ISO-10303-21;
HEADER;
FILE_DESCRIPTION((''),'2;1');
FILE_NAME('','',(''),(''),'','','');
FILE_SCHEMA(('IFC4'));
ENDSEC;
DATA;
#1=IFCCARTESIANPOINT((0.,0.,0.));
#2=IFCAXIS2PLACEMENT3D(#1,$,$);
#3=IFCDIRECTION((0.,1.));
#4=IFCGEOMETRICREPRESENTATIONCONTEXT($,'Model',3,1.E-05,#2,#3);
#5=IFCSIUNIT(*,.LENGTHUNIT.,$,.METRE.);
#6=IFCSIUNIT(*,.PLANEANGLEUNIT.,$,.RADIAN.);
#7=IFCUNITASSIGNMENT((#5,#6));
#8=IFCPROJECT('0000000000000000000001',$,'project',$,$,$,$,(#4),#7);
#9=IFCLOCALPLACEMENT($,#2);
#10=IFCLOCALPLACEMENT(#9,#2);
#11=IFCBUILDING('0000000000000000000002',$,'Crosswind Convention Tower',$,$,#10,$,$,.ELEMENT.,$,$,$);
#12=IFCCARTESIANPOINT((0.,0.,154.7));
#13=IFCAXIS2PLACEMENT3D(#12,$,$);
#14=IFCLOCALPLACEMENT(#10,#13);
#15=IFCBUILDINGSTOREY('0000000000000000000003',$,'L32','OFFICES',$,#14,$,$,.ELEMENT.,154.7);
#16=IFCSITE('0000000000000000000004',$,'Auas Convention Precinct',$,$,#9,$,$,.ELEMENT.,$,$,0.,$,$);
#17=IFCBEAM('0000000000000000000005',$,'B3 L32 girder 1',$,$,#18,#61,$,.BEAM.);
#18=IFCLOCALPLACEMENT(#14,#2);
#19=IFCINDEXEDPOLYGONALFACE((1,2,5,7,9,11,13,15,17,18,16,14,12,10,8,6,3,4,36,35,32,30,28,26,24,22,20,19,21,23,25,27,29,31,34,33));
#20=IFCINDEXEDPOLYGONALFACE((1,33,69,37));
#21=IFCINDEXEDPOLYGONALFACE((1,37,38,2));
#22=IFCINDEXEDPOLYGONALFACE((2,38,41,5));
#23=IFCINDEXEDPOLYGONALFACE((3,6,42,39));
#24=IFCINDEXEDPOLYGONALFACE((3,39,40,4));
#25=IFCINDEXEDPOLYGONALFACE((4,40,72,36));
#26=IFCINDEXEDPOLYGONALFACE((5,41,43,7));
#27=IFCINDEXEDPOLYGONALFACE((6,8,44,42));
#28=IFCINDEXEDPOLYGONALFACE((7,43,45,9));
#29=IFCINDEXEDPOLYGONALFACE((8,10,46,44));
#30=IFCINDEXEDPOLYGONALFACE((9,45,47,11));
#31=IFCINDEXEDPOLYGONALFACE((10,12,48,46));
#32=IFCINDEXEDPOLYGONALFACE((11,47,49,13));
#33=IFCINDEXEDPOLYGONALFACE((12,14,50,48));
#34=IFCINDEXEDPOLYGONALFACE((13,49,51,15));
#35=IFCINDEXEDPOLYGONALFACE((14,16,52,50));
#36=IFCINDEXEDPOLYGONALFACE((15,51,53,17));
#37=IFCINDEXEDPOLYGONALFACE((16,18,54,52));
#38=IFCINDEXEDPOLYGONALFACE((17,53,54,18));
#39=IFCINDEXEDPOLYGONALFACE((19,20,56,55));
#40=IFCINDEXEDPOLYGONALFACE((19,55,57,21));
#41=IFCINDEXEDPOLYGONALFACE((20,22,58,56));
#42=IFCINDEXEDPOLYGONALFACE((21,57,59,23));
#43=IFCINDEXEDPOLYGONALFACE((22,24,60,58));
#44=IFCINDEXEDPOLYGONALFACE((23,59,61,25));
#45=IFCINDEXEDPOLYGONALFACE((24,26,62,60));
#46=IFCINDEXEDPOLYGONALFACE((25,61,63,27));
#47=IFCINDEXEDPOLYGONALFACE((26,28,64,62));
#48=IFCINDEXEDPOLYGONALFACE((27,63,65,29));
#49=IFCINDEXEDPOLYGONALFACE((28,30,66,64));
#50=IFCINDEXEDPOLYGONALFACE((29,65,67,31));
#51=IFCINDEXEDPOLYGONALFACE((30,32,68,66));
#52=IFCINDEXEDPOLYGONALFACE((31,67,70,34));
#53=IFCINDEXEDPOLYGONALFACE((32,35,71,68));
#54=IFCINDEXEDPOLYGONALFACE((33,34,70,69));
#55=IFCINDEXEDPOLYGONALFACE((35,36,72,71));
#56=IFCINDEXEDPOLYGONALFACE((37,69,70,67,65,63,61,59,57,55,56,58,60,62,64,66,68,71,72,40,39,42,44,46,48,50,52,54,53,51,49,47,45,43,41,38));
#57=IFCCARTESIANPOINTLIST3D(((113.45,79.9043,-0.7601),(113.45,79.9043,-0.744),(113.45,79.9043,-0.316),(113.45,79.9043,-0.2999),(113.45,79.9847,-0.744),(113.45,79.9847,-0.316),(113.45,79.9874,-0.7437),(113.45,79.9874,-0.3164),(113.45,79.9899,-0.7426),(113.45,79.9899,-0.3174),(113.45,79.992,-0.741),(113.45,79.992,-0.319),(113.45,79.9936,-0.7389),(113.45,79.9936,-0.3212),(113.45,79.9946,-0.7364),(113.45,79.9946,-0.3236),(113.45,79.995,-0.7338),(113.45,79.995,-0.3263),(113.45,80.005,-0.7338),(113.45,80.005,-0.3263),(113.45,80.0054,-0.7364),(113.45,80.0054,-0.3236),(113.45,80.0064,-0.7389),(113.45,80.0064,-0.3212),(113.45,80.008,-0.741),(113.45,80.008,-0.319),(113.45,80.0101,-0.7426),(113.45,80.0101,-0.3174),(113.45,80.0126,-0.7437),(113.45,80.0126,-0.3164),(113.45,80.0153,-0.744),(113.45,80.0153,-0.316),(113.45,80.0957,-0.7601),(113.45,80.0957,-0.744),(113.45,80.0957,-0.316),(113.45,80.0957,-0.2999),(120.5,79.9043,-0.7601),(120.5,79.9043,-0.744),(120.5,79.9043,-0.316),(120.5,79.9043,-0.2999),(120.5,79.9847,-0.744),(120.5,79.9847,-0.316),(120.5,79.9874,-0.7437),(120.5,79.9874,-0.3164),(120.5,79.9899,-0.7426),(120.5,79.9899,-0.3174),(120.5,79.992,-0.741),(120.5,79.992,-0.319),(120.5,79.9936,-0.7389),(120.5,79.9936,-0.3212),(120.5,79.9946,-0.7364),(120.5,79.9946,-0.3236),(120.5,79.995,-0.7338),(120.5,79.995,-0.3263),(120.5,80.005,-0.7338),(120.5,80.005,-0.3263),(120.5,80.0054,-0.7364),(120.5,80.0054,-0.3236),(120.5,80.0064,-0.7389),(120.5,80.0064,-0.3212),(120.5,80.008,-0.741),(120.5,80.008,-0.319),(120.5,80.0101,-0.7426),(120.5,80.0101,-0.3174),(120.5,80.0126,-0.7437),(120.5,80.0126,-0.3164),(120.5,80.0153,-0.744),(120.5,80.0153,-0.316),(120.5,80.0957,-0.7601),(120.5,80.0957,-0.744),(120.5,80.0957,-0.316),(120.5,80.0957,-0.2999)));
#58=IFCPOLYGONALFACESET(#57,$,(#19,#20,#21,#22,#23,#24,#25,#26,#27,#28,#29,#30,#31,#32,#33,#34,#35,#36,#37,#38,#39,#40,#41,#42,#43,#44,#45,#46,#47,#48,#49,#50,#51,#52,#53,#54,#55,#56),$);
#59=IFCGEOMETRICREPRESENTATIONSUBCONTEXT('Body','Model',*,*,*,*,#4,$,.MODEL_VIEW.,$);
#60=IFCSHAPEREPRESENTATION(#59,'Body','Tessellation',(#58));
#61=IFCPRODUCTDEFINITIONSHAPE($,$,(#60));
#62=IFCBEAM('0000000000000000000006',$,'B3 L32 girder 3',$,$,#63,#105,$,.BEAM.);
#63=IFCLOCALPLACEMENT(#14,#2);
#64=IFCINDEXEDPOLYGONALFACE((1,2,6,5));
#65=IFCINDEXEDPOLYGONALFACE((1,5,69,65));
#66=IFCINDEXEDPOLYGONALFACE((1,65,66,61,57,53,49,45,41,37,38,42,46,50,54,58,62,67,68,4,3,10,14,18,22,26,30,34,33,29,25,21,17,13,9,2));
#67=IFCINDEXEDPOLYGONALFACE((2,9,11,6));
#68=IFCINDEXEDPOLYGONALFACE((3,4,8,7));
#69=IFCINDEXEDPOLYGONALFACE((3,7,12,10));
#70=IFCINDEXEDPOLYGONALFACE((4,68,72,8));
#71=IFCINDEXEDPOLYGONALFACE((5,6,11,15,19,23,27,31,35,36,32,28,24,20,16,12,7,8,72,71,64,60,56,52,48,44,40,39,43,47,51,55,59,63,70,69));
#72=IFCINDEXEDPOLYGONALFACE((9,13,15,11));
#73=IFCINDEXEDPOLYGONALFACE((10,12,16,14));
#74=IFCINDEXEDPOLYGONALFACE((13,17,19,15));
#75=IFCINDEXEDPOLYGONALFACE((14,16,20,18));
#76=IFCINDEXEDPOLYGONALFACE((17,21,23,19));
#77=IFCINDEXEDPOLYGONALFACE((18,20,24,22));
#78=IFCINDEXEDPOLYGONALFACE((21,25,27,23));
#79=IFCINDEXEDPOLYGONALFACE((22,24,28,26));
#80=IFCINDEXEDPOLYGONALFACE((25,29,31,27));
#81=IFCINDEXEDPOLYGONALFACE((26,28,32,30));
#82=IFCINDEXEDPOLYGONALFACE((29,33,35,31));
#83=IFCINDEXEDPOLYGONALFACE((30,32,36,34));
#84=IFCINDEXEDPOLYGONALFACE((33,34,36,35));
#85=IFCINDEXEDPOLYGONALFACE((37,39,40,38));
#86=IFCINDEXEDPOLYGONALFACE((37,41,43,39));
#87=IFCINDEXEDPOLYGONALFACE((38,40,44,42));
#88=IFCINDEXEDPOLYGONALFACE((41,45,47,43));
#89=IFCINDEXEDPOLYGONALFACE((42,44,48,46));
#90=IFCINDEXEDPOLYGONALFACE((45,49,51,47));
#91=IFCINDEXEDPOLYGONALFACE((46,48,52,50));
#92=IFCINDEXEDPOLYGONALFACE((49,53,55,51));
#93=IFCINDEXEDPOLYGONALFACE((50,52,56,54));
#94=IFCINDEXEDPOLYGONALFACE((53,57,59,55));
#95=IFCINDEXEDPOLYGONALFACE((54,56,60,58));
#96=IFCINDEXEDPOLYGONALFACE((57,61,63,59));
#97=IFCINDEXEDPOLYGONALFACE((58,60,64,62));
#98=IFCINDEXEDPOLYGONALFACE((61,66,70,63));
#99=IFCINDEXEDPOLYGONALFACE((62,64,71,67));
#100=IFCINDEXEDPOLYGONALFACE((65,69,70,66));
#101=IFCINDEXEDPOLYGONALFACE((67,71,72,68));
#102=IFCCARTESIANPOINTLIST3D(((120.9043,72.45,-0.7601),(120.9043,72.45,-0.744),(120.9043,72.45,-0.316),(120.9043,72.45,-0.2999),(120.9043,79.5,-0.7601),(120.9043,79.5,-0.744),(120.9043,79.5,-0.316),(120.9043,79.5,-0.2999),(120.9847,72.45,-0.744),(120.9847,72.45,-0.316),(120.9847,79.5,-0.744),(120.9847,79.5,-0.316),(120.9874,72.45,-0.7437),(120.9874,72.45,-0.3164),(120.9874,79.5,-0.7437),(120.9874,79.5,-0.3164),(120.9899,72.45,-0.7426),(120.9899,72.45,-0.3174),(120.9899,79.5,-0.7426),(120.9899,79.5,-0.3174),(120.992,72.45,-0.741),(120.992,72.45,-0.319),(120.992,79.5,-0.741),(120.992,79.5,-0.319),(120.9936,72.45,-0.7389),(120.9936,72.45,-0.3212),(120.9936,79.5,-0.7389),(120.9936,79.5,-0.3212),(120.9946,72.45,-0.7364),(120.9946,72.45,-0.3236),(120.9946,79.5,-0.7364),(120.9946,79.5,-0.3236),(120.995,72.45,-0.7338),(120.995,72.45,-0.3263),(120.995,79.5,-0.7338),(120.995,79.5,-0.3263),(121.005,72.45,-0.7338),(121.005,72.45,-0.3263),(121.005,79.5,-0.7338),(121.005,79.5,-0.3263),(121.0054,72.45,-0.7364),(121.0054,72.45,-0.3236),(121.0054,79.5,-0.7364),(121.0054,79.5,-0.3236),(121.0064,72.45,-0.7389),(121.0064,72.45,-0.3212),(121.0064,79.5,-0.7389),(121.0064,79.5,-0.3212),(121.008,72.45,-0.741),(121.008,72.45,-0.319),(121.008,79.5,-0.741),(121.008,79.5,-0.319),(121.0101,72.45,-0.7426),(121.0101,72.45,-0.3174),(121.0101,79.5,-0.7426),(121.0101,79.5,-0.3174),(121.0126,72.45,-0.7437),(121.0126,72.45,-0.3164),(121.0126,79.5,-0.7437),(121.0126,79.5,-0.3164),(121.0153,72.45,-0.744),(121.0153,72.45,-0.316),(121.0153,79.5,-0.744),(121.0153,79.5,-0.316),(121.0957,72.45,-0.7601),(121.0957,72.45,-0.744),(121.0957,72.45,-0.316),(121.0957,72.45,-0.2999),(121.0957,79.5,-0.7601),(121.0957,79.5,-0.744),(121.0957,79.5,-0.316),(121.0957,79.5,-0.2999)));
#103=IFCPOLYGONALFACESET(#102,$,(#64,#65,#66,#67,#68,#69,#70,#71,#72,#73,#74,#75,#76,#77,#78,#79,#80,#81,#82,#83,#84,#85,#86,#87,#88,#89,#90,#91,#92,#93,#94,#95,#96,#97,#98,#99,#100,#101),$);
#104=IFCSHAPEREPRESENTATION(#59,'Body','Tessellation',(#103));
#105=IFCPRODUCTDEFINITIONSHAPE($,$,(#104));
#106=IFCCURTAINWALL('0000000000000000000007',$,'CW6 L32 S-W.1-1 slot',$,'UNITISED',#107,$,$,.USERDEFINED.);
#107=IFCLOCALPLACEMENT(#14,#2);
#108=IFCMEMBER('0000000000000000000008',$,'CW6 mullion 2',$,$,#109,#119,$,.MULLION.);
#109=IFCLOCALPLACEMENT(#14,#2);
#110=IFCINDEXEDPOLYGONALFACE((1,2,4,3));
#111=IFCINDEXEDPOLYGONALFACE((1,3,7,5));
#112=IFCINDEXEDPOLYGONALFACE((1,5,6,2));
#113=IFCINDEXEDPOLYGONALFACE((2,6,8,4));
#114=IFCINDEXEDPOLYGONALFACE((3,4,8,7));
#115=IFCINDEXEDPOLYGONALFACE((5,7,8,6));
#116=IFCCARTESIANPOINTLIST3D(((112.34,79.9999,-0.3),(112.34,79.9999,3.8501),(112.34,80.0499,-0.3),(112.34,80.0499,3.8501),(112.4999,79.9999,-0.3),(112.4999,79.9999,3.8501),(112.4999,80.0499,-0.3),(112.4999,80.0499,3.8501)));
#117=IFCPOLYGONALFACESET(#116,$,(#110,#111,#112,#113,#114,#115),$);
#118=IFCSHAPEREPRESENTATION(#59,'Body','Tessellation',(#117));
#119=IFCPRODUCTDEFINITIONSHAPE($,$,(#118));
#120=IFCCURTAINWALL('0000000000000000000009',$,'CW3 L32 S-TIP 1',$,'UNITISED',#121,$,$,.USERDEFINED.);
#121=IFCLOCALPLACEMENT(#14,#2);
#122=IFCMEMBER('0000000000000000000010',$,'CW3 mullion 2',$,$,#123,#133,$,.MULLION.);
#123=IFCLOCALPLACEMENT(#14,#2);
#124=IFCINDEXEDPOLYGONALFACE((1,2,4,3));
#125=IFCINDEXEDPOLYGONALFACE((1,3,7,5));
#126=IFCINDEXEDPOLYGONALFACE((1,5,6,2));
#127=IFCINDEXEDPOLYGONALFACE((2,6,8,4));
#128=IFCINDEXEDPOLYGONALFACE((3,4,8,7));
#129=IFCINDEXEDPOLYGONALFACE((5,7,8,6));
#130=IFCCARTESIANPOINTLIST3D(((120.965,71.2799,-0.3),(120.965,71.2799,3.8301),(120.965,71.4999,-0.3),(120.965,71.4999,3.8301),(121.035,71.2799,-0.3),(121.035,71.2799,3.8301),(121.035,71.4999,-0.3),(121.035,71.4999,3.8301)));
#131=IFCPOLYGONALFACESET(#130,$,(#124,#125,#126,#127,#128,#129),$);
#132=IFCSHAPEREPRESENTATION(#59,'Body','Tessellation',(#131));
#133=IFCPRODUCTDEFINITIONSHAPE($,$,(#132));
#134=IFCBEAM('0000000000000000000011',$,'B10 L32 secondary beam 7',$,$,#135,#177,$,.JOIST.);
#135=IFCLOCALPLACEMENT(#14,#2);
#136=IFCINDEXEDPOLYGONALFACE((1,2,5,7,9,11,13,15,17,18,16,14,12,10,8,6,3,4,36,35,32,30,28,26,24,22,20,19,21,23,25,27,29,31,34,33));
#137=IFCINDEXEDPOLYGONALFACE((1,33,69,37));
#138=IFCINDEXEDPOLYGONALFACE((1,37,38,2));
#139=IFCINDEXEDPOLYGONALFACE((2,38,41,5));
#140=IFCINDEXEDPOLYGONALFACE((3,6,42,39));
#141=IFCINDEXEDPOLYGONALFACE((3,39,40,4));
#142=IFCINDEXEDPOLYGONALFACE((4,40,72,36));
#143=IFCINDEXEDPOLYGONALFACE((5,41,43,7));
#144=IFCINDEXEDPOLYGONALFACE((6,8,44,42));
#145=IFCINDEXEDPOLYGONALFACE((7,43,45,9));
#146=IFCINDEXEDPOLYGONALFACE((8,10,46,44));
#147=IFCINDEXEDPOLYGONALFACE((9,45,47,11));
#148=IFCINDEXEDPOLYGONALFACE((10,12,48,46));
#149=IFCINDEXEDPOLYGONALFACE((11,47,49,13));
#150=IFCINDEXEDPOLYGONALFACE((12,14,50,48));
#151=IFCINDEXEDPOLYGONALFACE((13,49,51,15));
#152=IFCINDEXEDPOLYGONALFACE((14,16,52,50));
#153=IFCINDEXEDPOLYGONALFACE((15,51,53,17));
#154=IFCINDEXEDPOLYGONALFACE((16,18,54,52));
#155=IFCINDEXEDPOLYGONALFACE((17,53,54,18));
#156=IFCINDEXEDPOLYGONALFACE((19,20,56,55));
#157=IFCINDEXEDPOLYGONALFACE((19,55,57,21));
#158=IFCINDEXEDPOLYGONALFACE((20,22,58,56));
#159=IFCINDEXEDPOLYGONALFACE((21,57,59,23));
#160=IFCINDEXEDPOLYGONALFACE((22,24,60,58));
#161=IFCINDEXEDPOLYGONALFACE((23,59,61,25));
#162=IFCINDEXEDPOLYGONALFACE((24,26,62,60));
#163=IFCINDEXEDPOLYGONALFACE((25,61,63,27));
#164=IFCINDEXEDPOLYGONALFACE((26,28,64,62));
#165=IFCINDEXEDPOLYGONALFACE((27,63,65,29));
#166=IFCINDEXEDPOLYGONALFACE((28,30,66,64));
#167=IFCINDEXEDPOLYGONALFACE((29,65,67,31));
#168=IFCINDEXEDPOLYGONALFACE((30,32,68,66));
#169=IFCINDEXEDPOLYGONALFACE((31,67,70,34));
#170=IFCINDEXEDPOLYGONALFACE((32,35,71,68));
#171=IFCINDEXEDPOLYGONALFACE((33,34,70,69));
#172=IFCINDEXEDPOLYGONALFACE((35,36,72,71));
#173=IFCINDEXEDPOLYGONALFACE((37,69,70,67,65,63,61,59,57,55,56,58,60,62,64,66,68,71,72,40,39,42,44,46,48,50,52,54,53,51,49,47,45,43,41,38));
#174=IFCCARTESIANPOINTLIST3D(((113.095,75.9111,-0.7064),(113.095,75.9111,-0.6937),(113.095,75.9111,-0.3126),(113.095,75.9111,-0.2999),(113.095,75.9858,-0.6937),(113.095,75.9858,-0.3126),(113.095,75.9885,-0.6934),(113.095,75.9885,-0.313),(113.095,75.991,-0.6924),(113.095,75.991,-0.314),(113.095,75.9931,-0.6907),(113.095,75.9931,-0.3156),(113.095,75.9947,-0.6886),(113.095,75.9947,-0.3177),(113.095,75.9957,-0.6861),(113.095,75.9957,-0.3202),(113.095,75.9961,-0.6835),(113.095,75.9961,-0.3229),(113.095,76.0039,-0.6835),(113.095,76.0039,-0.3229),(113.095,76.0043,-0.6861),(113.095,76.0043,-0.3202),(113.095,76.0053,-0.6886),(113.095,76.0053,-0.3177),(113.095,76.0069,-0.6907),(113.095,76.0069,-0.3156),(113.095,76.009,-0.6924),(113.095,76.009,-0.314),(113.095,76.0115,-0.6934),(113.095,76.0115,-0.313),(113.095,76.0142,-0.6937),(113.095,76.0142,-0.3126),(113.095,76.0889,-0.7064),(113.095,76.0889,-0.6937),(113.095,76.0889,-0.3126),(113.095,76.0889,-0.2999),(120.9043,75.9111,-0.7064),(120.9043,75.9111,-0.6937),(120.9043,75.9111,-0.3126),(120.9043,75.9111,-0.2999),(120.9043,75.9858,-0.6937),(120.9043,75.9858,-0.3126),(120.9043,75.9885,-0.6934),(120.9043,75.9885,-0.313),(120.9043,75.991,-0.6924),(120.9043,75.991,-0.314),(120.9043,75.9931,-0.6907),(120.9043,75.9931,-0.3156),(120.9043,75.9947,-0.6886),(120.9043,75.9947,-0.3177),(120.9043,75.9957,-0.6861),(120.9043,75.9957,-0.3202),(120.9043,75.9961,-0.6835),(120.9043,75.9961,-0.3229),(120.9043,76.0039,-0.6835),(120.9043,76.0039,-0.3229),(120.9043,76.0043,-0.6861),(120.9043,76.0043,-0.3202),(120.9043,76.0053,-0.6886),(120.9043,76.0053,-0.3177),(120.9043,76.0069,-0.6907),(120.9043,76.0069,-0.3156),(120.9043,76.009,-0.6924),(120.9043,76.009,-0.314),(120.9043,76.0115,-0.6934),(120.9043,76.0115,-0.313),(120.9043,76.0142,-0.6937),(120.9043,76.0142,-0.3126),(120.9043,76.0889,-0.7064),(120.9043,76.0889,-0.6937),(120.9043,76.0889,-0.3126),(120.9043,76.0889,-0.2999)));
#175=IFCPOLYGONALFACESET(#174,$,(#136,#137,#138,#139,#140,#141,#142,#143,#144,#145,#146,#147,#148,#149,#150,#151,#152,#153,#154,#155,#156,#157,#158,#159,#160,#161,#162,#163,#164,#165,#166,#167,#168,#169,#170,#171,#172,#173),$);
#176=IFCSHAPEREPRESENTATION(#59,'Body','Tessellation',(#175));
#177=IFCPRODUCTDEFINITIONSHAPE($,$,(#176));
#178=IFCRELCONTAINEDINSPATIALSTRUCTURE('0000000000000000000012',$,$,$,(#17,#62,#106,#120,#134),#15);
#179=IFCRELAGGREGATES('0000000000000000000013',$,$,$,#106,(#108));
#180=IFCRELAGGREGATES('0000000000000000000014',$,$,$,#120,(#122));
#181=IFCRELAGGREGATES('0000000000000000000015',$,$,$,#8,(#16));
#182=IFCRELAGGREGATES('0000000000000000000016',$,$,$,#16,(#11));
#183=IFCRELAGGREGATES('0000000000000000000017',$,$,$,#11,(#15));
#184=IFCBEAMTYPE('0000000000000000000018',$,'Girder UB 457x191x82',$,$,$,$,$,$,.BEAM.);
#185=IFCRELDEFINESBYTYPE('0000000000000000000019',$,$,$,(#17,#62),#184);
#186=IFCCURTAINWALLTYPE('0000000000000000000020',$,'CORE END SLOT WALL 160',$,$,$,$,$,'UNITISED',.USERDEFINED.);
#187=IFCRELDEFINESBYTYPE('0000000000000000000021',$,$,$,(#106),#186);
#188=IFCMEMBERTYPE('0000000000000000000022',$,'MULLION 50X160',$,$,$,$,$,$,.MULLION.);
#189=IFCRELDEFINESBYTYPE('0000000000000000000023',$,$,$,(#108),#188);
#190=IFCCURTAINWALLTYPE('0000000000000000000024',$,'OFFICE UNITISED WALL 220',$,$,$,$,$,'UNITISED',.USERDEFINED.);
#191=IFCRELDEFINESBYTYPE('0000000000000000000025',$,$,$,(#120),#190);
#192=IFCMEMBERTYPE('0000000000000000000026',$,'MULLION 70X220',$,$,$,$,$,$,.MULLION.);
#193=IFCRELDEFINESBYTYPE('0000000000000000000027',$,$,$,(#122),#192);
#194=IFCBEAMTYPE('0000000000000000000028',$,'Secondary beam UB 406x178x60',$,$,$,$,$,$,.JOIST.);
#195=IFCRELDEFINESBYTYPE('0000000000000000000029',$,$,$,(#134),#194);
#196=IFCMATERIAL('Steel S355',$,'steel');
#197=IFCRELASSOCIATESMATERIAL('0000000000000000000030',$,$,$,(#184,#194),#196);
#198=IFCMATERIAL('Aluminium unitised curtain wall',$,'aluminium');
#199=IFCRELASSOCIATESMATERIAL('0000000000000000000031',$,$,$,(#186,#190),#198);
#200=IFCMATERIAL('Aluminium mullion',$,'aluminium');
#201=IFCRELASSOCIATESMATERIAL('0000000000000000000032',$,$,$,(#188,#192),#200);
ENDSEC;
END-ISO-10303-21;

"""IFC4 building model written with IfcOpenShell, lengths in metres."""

from ifc_helpers import new_model, si_unit, direction, frame, origin, origin_2d, place, context, subcontext, project, spatial, rectangle, i_section, extrude, material, material_profile, profile_set, type_object, element, aggregate, save


model = new_model("IFC4")

# Units and contexts
model_context = context("Model", 3, precision=1e-05, world=origin(), true_north=direction((0.0, 1.0)))
body_context = subcontext(model_context, "Body", "Model", "MODEL_VIEW")
ifc_project = project(units=[si_unit("LENGTHUNIT", "METRE"), si_unit("PLANEANGLEUNIT", "RADIAN")], contexts=[model_context])

# Site, building, storey
site_placement = place(None, origin())
site = spatial("IfcSite", under=ifc_project, at=site_placement, Name="Auas Convention Precinct", CompositionType="ELEMENT", RefElevation=0.0)
building_placement = place(site_placement, origin())
building = spatial("IfcBuilding", under=site, at=building_placement, Name="Crosswind Convention Tower", CompositionType="ELEMENT")
storey_placement = place(building_placement, frame((0.0, 0.0, 154.7)))
storey = spatial("IfcBuildingStorey", under=building, at=storey_placement, Name="L32", Description="OFFICES", CompositionType="ELEMENT", Elevation=154.7)

# Beams
ifc_material_1 = material(Name="Steel S355", Category="steel")
ifc_material_profile_1 = material_profile(ifc_material_1, i_section(OverallWidth=0.1914, OverallDepth=0.4602, WebThickness=0.01, FlangeThickness=0.0161, FilletRadius=0.0103, at=origin_2d()), Name="UB 457x191x82")
ifc_profile_set_1 = profile_set([ifc_material_profile_1], Name="Steel S355")
beam_type_1 = type_object("IfcBeamType", Name="Girder UB 457x191x82", PredefinedType="BEAM", material=ifc_profile_set_1)
for number, where, z_axis, x_axis, name in (
    (1, (113.45, 80.0, -0.53), (1.0, 0.0, 0.0), (0.0, 1.0, 0.0), "B3 L32 girder 1"),
    (2, (121.0, 72.45, -0.53), (0.0, 1.0, 0.0), (-1.0, 0.0, 0.0), "B3 L32 girder 3"),
):
    element("IfcBeam", number, at=place(storey_placement, frame(where, z_axis=z_axis, x_axis=x_axis)), inside=storey, type_object=beam_type_1, Name=name, PredefinedType="BEAM", context=body_context, shape_type="SweptSolid", body=[
        extrude(i_section(OverallWidth=0.1914, OverallDepth=0.4602, WebThickness=0.01, FlangeThickness=0.0161, FilletRadius=0.0103, at=origin_2d()), origin(), (0.0, 0.0, 1.0), 7.05),
    ])

# Curtain walls, members
ifc_material_2 = material(Name="Aluminium unitised curtain wall", Category="aluminium")
curtain_wall_type_1 = type_object("IfcCurtainWallType", Name="CORE END SLOT WALL 160", ElementType="UNITISED", PredefinedType="USERDEFINED", material=ifc_material_2)
curtain_wall_1_placement = place(storey_placement, origin())
curtain_wall_1 = element("IfcCurtainWall", 3, at=curtain_wall_1_placement, inside=storey, type_object=curtain_wall_type_1, Name="CW6 L32 S-W.1-1 slot", ObjectType="UNITISED", PredefinedType="USERDEFINED")
ifc_material_3 = material(Name="Aluminium mullion", Category="aluminium")
ifc_material_profile_2 = material_profile(ifc_material_3, rectangle(XDim=0.1599, YDim=0.05, at=origin_2d()), Name="AL 160X50")
ifc_profile_set_2 = profile_set([ifc_material_profile_2], Name="Aluminium mullion")
member_type_1 = type_object("IfcMemberType", Name="MULLION 50X160", PredefinedType="MULLION", material=ifc_profile_set_2)
member_1_placement = place(storey_placement, frame((112.4199, 80.0249, -0.3), z_axis=(0.0, 0.0, 1.0), x_axis=(-1.0, 0.0, 0.0)))
member_1 = element("IfcMember", 4, at=member_1_placement, type_object=member_type_1, Name="CW6 mullion 2", PredefinedType="MULLION", context=body_context, shape_type="SweptSolid", body=[
    extrude(rectangle(XDim=0.1599, YDim=0.05, at=origin_2d()), origin(), (0.0, 0.0, 1.0), 4.1501),
])
aggregate(curtain_wall_1, [member_1])
curtain_wall_type_2 = type_object("IfcCurtainWallType", Name="OFFICE UNITISED WALL 220", ElementType="UNITISED", PredefinedType="USERDEFINED", material=ifc_material_2)
curtain_wall_2_placement = place(storey_placement, origin())
curtain_wall_2 = element("IfcCurtainWall", 5, at=curtain_wall_2_placement, inside=storey, type_object=curtain_wall_type_2, Name="CW3 L32 S-TIP 1", ObjectType="UNITISED", PredefinedType="USERDEFINED")
ifc_material_profile_3 = material_profile(ifc_material_3, rectangle(XDim=0.22, YDim=0.0701, at=origin_2d()), Name="AL 220X70")
ifc_profile_set_3 = profile_set([ifc_material_profile_3], Name="Aluminium mullion")
member_type_2 = type_object("IfcMemberType", Name="MULLION 70X220", PredefinedType="MULLION", material=ifc_profile_set_3)
member_2_placement = place(storey_placement, frame((121.0, 71.3899, -0.3), z_axis=(0.0, 0.0, 1.0), x_axis=(0.0, -1.0, 0.0)))
member_2 = element("IfcMember", 6, at=member_2_placement, type_object=member_type_2, Name="CW3 mullion 2", PredefinedType="MULLION", context=body_context, shape_type="SweptSolid", body=[
    extrude(rectangle(XDim=0.22, YDim=0.0701, at=origin_2d()), origin(), (0.0, 0.0, 1.0), 4.1301),
])

# Beam
ifc_material_profile_4 = material_profile(ifc_material_1, i_section(OverallWidth=0.1777, OverallDepth=0.4065, WebThickness=0.0078, FlangeThickness=0.0127, FilletRadius=0.0103, at=origin_2d()), Name="UB 406x178x60")
ifc_profile_set_4 = profile_set([ifc_material_profile_4], Name="Steel S355")
beam_type_2 = type_object("IfcBeamType", Name="Secondary beam UB 406x178x60", PredefinedType="JOIST", material=ifc_profile_set_4)
beam_1_placement = place(storey_placement, frame((113.095, 76.0, -0.5032), z_axis=(1.0, 0.0, 0.0), x_axis=(0.0, 1.0, 0.0)))
element("IfcBeam", 7, at=beam_1_placement, inside=storey, type_object=beam_type_2, Name="B10 L32 secondary beam 7", PredefinedType="JOIST", context=body_context, shape_type="SweptSolid", body=[
    extrude(i_section(OverallWidth=0.1777, OverallDepth=0.4065, WebThickness=0.0078, FlangeThickness=0.0127, FilletRadius=0.0103, at=origin_2d()), origin(), (0.0, 0.0, 1.0), 7.8093),
])

aggregate(curtain_wall_2, [member_2])

save(model, "model.ifc")
